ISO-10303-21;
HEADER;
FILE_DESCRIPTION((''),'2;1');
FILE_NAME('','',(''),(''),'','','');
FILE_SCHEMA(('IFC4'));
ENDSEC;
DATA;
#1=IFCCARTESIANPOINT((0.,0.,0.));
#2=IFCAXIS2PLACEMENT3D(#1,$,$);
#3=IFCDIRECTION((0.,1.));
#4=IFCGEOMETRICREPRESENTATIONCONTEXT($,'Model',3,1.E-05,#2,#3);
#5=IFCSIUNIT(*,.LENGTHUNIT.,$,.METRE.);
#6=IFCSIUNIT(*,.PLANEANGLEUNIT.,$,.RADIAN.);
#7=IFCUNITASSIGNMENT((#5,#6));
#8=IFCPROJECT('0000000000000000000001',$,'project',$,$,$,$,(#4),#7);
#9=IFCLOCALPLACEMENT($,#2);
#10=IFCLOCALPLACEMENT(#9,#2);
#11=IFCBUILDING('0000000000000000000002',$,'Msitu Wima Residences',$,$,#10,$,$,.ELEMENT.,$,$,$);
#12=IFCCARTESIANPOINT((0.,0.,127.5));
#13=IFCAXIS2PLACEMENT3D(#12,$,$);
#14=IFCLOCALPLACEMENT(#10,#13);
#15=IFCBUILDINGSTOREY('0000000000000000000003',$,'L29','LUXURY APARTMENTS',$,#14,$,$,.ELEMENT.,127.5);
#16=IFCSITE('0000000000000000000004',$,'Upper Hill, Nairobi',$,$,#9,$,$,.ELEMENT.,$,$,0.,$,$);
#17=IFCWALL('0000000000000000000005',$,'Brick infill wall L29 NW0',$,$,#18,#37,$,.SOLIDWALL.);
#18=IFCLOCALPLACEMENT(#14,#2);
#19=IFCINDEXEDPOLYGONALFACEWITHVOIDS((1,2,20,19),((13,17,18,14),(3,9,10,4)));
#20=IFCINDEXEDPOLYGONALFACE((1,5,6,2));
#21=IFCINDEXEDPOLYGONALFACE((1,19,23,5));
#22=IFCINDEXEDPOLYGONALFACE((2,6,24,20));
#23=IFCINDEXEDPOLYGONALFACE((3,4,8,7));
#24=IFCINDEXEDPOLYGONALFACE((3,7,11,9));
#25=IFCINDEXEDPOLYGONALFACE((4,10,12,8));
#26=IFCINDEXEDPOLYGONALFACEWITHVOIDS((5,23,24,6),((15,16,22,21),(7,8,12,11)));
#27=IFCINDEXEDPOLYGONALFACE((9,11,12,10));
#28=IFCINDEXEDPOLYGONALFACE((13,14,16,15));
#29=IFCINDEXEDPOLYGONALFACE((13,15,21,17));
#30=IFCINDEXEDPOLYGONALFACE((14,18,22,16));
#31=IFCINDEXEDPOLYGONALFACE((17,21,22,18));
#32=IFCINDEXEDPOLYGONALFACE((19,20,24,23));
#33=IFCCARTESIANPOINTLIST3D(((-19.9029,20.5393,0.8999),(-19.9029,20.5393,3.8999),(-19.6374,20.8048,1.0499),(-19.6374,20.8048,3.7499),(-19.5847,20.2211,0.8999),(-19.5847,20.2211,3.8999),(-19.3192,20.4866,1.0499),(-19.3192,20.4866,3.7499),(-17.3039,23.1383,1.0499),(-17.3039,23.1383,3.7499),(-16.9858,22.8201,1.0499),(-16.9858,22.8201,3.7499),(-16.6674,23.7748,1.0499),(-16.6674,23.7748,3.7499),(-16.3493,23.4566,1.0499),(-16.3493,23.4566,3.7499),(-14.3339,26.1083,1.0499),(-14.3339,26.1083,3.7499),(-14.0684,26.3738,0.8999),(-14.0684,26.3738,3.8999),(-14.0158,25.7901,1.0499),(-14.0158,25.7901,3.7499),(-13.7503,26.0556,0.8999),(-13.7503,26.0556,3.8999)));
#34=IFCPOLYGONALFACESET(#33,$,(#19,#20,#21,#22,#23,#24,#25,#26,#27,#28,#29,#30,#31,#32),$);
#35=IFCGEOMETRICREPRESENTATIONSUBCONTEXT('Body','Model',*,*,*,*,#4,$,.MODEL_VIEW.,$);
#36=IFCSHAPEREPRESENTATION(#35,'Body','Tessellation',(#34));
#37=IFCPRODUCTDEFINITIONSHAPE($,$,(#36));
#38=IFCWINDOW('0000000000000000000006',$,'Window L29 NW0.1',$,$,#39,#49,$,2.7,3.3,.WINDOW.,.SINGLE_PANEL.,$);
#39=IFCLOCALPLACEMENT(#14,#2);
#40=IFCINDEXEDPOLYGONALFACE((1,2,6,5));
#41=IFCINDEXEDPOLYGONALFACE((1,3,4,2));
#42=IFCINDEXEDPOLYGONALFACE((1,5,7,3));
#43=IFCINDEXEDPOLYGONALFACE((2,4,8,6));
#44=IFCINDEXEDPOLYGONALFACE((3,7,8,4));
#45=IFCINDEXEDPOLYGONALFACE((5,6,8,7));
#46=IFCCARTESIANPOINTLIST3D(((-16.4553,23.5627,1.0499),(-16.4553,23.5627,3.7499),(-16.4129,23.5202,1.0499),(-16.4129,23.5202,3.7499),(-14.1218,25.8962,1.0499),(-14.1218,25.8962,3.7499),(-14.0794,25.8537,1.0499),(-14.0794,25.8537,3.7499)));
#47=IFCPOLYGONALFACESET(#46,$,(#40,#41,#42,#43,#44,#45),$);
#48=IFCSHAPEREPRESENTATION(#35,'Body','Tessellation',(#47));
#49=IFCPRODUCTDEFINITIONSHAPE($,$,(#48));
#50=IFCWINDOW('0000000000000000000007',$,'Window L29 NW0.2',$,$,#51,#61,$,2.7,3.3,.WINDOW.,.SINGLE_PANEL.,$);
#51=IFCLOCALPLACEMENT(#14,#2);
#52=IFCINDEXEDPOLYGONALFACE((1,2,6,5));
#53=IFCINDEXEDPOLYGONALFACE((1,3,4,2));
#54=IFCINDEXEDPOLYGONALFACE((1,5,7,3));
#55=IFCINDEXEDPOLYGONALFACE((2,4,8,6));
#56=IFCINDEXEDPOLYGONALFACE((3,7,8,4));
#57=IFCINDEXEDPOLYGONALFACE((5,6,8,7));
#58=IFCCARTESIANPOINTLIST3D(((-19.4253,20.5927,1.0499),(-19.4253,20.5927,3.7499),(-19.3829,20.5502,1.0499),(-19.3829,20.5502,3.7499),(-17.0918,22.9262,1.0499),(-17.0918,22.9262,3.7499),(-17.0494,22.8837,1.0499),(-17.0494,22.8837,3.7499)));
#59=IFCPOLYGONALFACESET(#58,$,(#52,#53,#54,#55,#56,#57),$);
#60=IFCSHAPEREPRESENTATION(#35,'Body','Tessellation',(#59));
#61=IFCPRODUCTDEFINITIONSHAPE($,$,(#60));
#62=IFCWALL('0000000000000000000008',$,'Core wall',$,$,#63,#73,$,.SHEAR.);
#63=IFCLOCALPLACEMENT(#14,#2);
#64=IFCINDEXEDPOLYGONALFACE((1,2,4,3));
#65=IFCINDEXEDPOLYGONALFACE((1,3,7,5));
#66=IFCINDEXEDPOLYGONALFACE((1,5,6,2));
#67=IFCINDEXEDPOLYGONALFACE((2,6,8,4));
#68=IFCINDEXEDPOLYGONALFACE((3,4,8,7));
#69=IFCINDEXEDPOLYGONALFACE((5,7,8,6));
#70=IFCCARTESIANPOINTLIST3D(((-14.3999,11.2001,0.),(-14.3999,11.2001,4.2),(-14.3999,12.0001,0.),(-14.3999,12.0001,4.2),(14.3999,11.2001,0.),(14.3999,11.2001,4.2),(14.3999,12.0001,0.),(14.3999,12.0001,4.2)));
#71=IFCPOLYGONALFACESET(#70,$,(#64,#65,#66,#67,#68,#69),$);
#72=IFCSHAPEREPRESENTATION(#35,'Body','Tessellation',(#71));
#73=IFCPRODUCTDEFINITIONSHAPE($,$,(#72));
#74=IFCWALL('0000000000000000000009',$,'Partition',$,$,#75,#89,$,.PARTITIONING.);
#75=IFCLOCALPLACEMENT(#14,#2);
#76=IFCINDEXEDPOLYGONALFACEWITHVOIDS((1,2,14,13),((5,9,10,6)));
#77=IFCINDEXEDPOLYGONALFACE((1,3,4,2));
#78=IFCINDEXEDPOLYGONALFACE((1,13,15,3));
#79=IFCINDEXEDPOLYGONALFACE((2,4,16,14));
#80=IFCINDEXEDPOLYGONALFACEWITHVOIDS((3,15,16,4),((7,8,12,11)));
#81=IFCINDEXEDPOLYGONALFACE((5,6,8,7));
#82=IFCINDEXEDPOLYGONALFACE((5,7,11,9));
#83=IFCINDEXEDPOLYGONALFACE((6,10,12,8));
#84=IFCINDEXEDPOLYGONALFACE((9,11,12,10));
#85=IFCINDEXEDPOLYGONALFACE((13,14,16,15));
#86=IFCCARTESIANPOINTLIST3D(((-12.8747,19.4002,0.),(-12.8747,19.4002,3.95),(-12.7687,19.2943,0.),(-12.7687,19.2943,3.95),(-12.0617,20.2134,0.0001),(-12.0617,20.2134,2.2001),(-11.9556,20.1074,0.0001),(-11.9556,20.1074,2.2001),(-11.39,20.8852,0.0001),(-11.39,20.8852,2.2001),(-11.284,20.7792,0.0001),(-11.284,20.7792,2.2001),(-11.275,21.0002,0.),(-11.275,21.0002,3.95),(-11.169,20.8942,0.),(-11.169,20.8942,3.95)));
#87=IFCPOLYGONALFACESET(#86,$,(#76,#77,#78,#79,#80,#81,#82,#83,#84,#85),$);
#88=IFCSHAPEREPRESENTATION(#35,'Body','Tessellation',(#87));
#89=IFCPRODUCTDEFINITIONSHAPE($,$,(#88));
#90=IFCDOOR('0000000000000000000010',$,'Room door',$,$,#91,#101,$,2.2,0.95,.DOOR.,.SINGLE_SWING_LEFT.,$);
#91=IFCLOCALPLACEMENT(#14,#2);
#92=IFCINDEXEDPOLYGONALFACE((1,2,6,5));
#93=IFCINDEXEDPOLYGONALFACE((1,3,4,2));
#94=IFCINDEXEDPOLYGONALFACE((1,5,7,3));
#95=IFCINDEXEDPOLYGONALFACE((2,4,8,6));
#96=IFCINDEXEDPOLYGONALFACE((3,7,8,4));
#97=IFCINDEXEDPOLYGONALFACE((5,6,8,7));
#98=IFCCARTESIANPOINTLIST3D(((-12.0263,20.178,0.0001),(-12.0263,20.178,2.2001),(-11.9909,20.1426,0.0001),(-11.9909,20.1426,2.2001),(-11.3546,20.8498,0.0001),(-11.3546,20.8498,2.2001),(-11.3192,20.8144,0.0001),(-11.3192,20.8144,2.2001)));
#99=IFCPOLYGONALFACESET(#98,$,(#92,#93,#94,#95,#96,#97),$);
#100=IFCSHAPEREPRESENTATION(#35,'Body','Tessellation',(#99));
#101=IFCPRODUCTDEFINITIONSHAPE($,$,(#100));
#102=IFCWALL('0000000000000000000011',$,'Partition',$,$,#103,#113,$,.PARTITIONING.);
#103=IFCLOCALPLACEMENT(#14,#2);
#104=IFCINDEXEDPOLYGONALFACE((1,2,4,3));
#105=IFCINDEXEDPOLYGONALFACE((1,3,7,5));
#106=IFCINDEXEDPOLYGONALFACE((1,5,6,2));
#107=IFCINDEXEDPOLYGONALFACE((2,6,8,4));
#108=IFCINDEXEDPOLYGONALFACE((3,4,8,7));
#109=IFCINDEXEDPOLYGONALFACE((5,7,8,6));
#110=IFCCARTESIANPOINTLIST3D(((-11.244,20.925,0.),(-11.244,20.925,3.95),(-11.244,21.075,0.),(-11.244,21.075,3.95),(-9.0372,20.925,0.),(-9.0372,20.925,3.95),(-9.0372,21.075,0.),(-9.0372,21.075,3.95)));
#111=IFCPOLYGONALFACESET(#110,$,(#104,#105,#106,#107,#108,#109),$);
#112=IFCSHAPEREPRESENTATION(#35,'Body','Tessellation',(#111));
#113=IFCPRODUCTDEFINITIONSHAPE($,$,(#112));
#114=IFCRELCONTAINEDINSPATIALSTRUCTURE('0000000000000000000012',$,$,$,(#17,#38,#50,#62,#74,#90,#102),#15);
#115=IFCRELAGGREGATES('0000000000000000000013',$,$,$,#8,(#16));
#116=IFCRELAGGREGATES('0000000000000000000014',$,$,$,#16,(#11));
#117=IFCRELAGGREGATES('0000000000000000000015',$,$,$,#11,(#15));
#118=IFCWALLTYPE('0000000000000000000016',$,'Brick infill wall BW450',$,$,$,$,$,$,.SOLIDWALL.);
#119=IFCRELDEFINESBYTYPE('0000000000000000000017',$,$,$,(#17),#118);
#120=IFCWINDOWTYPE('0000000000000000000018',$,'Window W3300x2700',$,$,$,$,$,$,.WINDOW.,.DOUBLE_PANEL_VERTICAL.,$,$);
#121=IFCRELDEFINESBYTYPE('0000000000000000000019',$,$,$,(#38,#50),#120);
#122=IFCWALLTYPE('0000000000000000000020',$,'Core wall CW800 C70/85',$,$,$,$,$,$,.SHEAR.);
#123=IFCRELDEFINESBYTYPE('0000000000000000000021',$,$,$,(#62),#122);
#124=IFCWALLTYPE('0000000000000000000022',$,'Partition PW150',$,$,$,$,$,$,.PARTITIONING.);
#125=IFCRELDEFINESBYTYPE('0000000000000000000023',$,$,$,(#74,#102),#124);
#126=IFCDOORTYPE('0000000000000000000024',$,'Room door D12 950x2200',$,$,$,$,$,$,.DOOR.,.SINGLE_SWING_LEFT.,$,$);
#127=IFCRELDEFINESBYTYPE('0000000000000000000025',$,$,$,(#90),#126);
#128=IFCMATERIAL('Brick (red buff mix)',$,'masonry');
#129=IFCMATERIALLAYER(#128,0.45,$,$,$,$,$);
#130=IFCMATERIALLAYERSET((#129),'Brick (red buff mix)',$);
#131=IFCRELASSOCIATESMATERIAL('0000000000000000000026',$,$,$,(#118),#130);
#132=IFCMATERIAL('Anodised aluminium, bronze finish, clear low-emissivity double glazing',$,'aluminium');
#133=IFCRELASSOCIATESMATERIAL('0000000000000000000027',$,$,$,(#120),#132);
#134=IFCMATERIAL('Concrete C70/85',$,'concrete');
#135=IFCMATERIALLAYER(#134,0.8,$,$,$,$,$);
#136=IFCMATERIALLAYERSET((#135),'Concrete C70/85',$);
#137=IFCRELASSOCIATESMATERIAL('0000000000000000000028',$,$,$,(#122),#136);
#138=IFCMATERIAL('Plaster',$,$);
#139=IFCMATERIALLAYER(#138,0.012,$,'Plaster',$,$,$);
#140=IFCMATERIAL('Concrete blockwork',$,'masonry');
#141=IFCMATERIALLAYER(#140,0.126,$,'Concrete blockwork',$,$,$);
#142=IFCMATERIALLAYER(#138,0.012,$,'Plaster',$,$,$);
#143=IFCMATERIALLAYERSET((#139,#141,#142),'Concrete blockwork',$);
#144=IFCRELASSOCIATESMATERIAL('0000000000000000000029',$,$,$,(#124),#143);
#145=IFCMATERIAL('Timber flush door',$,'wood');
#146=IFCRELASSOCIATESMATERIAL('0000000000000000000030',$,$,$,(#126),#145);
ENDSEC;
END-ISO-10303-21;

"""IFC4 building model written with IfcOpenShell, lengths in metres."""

from ifc_helpers import new_model, si_unit, direction, frame, frame_2d, origin, place, context, subcontext, project, spatial, rectangle, extrude, material, layer, layer_set, type_object, element, fill, save


model = new_model("IFC4")

# Units and contexts
model_context = context("Model", 3, precision=1e-05, world=origin(), true_north=direction((0.0, 1.0)))
body_context = subcontext(model_context, "Body", "Model", "MODEL_VIEW")
ifc_project = project(units=[si_unit("LENGTHUNIT", "METRE"), si_unit("PLANEANGLEUNIT", "RADIAN")], contexts=[model_context])

# Site, building, storey
site_placement = place(None, origin())
site = spatial("IfcSite", under=ifc_project, at=site_placement, Name="Upper Hill, Nairobi", CompositionType="ELEMENT", RefElevation=0.0)
building_placement = place(site_placement, origin())
building = spatial("IfcBuilding", under=site, at=building_placement, Name="Msitu Wima Residences", CompositionType="ELEMENT")
storey_placement = place(building_placement, frame((0.0, 0.0, 127.5)))
storey = spatial("IfcBuildingStorey", under=building, at=storey_placement, Name="L29", Description="LUXURY APARTMENTS", CompositionType="ELEMENT", Elevation=127.5)

# Shared definitions
ifc_material_1 = material(Name="Concrete C70/85", Category="concrete")

# Wall, openings, windows
ifc_material_2 = material(Name="Brick (red buff mix)", Category="masonry")
ifc_layer_1 = layer(ifc_material_2, 0.45)
ifc_layer_set_1 = layer_set([ifc_layer_1], Name="Brick (red buff mix)")
wall_type_1 = type_object("IfcWallType", Name="Brick infill wall BW450", PredefinedType="SOLIDWALL", material=ifc_layer_set_1)
ifc_material_3 = material(Name="Anodised aluminium, bronze finish, clear low-emissivity double glazing", Category="aluminium")
window_type = type_object("IfcWindowType", Name="Window W3300x2700", PartitioningType="DOUBLE_PANEL_VERTICAL", PredefinedType="WINDOW", material=ifc_material_3)
wall_1_placement = place(storey_placement, frame((-13.9094, 26.2146, 0.8999), z_axis=(0.0, 0.0, 1.0), x_axis=(-0.707107, -0.707107, 0.0)))
wall_1 = element("IfcWall", 1, at=wall_1_placement, inside=storey, type_object=wall_type_1, Name="Brick infill wall L29 NW0", PredefinedType="SOLIDWALL", context=body_context, shape_type="SweptSolid", body=[
    extrude(rectangle(XDim=8.2512, YDim=0.45, at=frame_2d((4.1255, 0.0))), origin(), (0.0, 0.0, 1.0), 3.0),
])
opening_1_placement = place(wall_1_placement, frame((0.3755, 0.0, 0.1499)))
opening_1 = element("IfcOpeningElement", 2, at=opening_1_placement, cuts=wall_1, PredefinedType="OPENING", context=body_context, shape_type="SweptSolid", body=[
    extrude(rectangle(XDim=3.3, YDim=2.7, at=frame_2d((1.6499, 1.3501))), frame((0.0, 0.2349, 0.0), z_axis=(0.0, -1.0, 0.0), x_axis=(1.0, 0.0, 0.0)), (0.0, 0.0, 1.0), 0.47),
])
opening_2_placement = place(wall_1_placement, frame((4.5757, 0.0, 0.1499)))
opening_2 = element("IfcOpeningElement", 3, at=opening_2_placement, cuts=wall_1, PredefinedType="OPENING", context=body_context, shape_type="SweptSolid", body=[
    extrude(rectangle(XDim=3.3, YDim=2.7, at=frame_2d((1.6499, 1.3501))), frame((0.0, 0.2349, 0.0), z_axis=(0.0, -1.0, 0.0), x_axis=(1.0, 0.0, 0.0)), (0.0, 0.0, 1.0), 0.47),
])
window_1_placement = place(opening_1_placement, origin())
window_1 = element("IfcWindow", 4, at=window_1_placement, inside=storey, type_object=window_type, Name="Window L29 NW0.1", OverallHeight=2.7, OverallWidth=3.3, PartitioningType="SINGLE_PANEL", PredefinedType="WINDOW", context=body_context, shape_type="SweptSolid", body=[
    extrude(rectangle(XDim=3.3, YDim=2.7, at=frame_2d((1.6499, 1.3501))), frame((0.0, 0.135, 0.0), z_axis=(0.0, -1.0, 0.0), x_axis=(1.0, 0.0, 0.0)), (0.0, 0.0, 1.0), 0.0601),
])
fill(opening_1, window_1)
window_2_placement = place(opening_2_placement, origin())
window_2 = element("IfcWindow", 5, at=window_2_placement, inside=storey, type_object=window_type, Name="Window L29 NW0.2", OverallHeight=2.7, OverallWidth=3.3, PartitioningType="SINGLE_PANEL", PredefinedType="WINDOW", context=body_context, shape_type="SweptSolid", body=[
    extrude(rectangle(XDim=3.3, YDim=2.7, at=frame_2d((1.6499, 1.3501))), frame((0.0, 0.135, 0.0), z_axis=(0.0, -1.0, 0.0), x_axis=(1.0, 0.0, 0.0)), (0.0, 0.0, 1.0), 0.0601),
])
fill(opening_2, window_2)

# Wall
ifc_layer_2 = layer(ifc_material_1, 0.8)
ifc_layer_set_2 = layer_set([ifc_layer_2], Name="Concrete C70/85")
wall_type_2 = type_object("IfcWallType", Name="Core wall CW800 C70/85", PredefinedType="SHEAR", material=ifc_layer_set_2)
wall_2_placement = place(storey_placement, frame((-14.3999, 11.6001, 0.0), z_axis=(0.0, 0.0, 1.0), x_axis=(1.0, 0.0, 0.0)))
element("IfcWall", 6, at=wall_2_placement, inside=storey, type_object=wall_type_2, Name="Core wall", PredefinedType="SHEAR", context=body_context, shape_type="SweptSolid", body=[
    extrude(rectangle(XDim=28.7998, YDim=0.8, at=frame_2d((14.3999, 0.0))), origin(), (0.0, 0.0, 1.0), 4.2),
])

# Wall, opening, door
ifc_material_4 = material(Name="Plaster")
ifc_layer_3 = layer(ifc_material_4, 0.012, Name="Plaster")
ifc_material_5 = material(Name="Concrete blockwork", Category="masonry")
ifc_layer_4 = layer(ifc_material_5, 0.126, Name="Concrete blockwork")
ifc_layer_5 = layer(ifc_material_4, 0.012, Name="Plaster")
ifc_layer_set_3 = layer_set([ifc_layer_3, ifc_layer_4, ifc_layer_5], Name="Concrete blockwork")
wall_type_3 = type_object("IfcWallType", Name="Partition PW150", PredefinedType="PARTITIONING", material=ifc_layer_set_3)
wall_3_placement = place(storey_placement, frame((-12.8218, 19.3472, 0.0), z_axis=(0.0, 0.0, 1.0), x_axis=(0.707053, 0.707161, 0.0)))
wall_3 = element("IfcWall", 7, at=wall_3_placement, inside=storey, type_object=wall_type_3, Name="Partition", PredefinedType="PARTITIONING", context=body_context, shape_type="SweptSolid", body=[
    extrude(rectangle(XDim=2.2625, YDim=0.1499, at=frame_2d((1.1313, 0.0))), origin(), (0.0, 0.0, 1.0), 3.95),
])
opening_3_placement = place(wall_3_placement, frame((1.1499, 0.0, 0.0)))
opening_3 = element("IfcOpeningElement", 8, at=opening_3_placement, cuts=wall_3, PredefinedType="OPENING", context=body_context, shape_type="SweptSolid", body=[
    extrude(rectangle(XDim=0.95, YDim=2.2, at=frame_2d((0.4751, 1.1001))), frame((0.0, 0.085, 0.0), z_axis=(0.0, -1.0, 0.0), x_axis=(1.0, 0.0, 0.0)), (0.0, 0.0, 1.0), 0.1699),
])
ifc_material_6 = material(Name="Timber flush door", Category="wood")
door_type_1 = type_object("IfcDoorType", Name="Room door D12 950x2200", OperationType="SINGLE_SWING_LEFT", PredefinedType="DOOR", material=ifc_material_6)
door_1_placement = place(opening_3_placement, origin())
door_1 = element("IfcDoor", 9, at=door_1_placement, inside=storey, type_object=door_type_1, Name="Room door", OperationType="SINGLE_SWING_LEFT", OverallHeight=2.2, OverallWidth=0.95, PredefinedType="DOOR", context=body_context, shape_type="SweptSolid", body=[
    extrude(rectangle(XDim=0.95, YDim=2.2, at=frame_2d((0.4751, 1.1001))), frame((0.0, 0.0249, 0.0), z_axis=(0.0, -1.0, 0.0), x_axis=(1.0, 0.0, 0.0)), (0.0, 0.0, 1.0), 0.05),
])
fill(opening_3, door_1)

# Wall
wall_4_placement = place(storey_placement, frame((-11.2441, 21.0, 0.0), z_axis=(0.0, 0.0, 1.0), x_axis=(1.0, 0.0, 0.0)))
element("IfcWall", 10, at=wall_4_placement, inside=storey, type_object=wall_type_3, Name="Partition", PredefinedType="PARTITIONING", context=body_context, shape_type="SweptSolid", body=[
    extrude(rectangle(XDim=2.2068, YDim=0.1499, at=frame_2d((1.1035, 0.0))), origin(), (0.0, 0.0, 1.0), 3.95),
])

save(model, "model.ifc")
